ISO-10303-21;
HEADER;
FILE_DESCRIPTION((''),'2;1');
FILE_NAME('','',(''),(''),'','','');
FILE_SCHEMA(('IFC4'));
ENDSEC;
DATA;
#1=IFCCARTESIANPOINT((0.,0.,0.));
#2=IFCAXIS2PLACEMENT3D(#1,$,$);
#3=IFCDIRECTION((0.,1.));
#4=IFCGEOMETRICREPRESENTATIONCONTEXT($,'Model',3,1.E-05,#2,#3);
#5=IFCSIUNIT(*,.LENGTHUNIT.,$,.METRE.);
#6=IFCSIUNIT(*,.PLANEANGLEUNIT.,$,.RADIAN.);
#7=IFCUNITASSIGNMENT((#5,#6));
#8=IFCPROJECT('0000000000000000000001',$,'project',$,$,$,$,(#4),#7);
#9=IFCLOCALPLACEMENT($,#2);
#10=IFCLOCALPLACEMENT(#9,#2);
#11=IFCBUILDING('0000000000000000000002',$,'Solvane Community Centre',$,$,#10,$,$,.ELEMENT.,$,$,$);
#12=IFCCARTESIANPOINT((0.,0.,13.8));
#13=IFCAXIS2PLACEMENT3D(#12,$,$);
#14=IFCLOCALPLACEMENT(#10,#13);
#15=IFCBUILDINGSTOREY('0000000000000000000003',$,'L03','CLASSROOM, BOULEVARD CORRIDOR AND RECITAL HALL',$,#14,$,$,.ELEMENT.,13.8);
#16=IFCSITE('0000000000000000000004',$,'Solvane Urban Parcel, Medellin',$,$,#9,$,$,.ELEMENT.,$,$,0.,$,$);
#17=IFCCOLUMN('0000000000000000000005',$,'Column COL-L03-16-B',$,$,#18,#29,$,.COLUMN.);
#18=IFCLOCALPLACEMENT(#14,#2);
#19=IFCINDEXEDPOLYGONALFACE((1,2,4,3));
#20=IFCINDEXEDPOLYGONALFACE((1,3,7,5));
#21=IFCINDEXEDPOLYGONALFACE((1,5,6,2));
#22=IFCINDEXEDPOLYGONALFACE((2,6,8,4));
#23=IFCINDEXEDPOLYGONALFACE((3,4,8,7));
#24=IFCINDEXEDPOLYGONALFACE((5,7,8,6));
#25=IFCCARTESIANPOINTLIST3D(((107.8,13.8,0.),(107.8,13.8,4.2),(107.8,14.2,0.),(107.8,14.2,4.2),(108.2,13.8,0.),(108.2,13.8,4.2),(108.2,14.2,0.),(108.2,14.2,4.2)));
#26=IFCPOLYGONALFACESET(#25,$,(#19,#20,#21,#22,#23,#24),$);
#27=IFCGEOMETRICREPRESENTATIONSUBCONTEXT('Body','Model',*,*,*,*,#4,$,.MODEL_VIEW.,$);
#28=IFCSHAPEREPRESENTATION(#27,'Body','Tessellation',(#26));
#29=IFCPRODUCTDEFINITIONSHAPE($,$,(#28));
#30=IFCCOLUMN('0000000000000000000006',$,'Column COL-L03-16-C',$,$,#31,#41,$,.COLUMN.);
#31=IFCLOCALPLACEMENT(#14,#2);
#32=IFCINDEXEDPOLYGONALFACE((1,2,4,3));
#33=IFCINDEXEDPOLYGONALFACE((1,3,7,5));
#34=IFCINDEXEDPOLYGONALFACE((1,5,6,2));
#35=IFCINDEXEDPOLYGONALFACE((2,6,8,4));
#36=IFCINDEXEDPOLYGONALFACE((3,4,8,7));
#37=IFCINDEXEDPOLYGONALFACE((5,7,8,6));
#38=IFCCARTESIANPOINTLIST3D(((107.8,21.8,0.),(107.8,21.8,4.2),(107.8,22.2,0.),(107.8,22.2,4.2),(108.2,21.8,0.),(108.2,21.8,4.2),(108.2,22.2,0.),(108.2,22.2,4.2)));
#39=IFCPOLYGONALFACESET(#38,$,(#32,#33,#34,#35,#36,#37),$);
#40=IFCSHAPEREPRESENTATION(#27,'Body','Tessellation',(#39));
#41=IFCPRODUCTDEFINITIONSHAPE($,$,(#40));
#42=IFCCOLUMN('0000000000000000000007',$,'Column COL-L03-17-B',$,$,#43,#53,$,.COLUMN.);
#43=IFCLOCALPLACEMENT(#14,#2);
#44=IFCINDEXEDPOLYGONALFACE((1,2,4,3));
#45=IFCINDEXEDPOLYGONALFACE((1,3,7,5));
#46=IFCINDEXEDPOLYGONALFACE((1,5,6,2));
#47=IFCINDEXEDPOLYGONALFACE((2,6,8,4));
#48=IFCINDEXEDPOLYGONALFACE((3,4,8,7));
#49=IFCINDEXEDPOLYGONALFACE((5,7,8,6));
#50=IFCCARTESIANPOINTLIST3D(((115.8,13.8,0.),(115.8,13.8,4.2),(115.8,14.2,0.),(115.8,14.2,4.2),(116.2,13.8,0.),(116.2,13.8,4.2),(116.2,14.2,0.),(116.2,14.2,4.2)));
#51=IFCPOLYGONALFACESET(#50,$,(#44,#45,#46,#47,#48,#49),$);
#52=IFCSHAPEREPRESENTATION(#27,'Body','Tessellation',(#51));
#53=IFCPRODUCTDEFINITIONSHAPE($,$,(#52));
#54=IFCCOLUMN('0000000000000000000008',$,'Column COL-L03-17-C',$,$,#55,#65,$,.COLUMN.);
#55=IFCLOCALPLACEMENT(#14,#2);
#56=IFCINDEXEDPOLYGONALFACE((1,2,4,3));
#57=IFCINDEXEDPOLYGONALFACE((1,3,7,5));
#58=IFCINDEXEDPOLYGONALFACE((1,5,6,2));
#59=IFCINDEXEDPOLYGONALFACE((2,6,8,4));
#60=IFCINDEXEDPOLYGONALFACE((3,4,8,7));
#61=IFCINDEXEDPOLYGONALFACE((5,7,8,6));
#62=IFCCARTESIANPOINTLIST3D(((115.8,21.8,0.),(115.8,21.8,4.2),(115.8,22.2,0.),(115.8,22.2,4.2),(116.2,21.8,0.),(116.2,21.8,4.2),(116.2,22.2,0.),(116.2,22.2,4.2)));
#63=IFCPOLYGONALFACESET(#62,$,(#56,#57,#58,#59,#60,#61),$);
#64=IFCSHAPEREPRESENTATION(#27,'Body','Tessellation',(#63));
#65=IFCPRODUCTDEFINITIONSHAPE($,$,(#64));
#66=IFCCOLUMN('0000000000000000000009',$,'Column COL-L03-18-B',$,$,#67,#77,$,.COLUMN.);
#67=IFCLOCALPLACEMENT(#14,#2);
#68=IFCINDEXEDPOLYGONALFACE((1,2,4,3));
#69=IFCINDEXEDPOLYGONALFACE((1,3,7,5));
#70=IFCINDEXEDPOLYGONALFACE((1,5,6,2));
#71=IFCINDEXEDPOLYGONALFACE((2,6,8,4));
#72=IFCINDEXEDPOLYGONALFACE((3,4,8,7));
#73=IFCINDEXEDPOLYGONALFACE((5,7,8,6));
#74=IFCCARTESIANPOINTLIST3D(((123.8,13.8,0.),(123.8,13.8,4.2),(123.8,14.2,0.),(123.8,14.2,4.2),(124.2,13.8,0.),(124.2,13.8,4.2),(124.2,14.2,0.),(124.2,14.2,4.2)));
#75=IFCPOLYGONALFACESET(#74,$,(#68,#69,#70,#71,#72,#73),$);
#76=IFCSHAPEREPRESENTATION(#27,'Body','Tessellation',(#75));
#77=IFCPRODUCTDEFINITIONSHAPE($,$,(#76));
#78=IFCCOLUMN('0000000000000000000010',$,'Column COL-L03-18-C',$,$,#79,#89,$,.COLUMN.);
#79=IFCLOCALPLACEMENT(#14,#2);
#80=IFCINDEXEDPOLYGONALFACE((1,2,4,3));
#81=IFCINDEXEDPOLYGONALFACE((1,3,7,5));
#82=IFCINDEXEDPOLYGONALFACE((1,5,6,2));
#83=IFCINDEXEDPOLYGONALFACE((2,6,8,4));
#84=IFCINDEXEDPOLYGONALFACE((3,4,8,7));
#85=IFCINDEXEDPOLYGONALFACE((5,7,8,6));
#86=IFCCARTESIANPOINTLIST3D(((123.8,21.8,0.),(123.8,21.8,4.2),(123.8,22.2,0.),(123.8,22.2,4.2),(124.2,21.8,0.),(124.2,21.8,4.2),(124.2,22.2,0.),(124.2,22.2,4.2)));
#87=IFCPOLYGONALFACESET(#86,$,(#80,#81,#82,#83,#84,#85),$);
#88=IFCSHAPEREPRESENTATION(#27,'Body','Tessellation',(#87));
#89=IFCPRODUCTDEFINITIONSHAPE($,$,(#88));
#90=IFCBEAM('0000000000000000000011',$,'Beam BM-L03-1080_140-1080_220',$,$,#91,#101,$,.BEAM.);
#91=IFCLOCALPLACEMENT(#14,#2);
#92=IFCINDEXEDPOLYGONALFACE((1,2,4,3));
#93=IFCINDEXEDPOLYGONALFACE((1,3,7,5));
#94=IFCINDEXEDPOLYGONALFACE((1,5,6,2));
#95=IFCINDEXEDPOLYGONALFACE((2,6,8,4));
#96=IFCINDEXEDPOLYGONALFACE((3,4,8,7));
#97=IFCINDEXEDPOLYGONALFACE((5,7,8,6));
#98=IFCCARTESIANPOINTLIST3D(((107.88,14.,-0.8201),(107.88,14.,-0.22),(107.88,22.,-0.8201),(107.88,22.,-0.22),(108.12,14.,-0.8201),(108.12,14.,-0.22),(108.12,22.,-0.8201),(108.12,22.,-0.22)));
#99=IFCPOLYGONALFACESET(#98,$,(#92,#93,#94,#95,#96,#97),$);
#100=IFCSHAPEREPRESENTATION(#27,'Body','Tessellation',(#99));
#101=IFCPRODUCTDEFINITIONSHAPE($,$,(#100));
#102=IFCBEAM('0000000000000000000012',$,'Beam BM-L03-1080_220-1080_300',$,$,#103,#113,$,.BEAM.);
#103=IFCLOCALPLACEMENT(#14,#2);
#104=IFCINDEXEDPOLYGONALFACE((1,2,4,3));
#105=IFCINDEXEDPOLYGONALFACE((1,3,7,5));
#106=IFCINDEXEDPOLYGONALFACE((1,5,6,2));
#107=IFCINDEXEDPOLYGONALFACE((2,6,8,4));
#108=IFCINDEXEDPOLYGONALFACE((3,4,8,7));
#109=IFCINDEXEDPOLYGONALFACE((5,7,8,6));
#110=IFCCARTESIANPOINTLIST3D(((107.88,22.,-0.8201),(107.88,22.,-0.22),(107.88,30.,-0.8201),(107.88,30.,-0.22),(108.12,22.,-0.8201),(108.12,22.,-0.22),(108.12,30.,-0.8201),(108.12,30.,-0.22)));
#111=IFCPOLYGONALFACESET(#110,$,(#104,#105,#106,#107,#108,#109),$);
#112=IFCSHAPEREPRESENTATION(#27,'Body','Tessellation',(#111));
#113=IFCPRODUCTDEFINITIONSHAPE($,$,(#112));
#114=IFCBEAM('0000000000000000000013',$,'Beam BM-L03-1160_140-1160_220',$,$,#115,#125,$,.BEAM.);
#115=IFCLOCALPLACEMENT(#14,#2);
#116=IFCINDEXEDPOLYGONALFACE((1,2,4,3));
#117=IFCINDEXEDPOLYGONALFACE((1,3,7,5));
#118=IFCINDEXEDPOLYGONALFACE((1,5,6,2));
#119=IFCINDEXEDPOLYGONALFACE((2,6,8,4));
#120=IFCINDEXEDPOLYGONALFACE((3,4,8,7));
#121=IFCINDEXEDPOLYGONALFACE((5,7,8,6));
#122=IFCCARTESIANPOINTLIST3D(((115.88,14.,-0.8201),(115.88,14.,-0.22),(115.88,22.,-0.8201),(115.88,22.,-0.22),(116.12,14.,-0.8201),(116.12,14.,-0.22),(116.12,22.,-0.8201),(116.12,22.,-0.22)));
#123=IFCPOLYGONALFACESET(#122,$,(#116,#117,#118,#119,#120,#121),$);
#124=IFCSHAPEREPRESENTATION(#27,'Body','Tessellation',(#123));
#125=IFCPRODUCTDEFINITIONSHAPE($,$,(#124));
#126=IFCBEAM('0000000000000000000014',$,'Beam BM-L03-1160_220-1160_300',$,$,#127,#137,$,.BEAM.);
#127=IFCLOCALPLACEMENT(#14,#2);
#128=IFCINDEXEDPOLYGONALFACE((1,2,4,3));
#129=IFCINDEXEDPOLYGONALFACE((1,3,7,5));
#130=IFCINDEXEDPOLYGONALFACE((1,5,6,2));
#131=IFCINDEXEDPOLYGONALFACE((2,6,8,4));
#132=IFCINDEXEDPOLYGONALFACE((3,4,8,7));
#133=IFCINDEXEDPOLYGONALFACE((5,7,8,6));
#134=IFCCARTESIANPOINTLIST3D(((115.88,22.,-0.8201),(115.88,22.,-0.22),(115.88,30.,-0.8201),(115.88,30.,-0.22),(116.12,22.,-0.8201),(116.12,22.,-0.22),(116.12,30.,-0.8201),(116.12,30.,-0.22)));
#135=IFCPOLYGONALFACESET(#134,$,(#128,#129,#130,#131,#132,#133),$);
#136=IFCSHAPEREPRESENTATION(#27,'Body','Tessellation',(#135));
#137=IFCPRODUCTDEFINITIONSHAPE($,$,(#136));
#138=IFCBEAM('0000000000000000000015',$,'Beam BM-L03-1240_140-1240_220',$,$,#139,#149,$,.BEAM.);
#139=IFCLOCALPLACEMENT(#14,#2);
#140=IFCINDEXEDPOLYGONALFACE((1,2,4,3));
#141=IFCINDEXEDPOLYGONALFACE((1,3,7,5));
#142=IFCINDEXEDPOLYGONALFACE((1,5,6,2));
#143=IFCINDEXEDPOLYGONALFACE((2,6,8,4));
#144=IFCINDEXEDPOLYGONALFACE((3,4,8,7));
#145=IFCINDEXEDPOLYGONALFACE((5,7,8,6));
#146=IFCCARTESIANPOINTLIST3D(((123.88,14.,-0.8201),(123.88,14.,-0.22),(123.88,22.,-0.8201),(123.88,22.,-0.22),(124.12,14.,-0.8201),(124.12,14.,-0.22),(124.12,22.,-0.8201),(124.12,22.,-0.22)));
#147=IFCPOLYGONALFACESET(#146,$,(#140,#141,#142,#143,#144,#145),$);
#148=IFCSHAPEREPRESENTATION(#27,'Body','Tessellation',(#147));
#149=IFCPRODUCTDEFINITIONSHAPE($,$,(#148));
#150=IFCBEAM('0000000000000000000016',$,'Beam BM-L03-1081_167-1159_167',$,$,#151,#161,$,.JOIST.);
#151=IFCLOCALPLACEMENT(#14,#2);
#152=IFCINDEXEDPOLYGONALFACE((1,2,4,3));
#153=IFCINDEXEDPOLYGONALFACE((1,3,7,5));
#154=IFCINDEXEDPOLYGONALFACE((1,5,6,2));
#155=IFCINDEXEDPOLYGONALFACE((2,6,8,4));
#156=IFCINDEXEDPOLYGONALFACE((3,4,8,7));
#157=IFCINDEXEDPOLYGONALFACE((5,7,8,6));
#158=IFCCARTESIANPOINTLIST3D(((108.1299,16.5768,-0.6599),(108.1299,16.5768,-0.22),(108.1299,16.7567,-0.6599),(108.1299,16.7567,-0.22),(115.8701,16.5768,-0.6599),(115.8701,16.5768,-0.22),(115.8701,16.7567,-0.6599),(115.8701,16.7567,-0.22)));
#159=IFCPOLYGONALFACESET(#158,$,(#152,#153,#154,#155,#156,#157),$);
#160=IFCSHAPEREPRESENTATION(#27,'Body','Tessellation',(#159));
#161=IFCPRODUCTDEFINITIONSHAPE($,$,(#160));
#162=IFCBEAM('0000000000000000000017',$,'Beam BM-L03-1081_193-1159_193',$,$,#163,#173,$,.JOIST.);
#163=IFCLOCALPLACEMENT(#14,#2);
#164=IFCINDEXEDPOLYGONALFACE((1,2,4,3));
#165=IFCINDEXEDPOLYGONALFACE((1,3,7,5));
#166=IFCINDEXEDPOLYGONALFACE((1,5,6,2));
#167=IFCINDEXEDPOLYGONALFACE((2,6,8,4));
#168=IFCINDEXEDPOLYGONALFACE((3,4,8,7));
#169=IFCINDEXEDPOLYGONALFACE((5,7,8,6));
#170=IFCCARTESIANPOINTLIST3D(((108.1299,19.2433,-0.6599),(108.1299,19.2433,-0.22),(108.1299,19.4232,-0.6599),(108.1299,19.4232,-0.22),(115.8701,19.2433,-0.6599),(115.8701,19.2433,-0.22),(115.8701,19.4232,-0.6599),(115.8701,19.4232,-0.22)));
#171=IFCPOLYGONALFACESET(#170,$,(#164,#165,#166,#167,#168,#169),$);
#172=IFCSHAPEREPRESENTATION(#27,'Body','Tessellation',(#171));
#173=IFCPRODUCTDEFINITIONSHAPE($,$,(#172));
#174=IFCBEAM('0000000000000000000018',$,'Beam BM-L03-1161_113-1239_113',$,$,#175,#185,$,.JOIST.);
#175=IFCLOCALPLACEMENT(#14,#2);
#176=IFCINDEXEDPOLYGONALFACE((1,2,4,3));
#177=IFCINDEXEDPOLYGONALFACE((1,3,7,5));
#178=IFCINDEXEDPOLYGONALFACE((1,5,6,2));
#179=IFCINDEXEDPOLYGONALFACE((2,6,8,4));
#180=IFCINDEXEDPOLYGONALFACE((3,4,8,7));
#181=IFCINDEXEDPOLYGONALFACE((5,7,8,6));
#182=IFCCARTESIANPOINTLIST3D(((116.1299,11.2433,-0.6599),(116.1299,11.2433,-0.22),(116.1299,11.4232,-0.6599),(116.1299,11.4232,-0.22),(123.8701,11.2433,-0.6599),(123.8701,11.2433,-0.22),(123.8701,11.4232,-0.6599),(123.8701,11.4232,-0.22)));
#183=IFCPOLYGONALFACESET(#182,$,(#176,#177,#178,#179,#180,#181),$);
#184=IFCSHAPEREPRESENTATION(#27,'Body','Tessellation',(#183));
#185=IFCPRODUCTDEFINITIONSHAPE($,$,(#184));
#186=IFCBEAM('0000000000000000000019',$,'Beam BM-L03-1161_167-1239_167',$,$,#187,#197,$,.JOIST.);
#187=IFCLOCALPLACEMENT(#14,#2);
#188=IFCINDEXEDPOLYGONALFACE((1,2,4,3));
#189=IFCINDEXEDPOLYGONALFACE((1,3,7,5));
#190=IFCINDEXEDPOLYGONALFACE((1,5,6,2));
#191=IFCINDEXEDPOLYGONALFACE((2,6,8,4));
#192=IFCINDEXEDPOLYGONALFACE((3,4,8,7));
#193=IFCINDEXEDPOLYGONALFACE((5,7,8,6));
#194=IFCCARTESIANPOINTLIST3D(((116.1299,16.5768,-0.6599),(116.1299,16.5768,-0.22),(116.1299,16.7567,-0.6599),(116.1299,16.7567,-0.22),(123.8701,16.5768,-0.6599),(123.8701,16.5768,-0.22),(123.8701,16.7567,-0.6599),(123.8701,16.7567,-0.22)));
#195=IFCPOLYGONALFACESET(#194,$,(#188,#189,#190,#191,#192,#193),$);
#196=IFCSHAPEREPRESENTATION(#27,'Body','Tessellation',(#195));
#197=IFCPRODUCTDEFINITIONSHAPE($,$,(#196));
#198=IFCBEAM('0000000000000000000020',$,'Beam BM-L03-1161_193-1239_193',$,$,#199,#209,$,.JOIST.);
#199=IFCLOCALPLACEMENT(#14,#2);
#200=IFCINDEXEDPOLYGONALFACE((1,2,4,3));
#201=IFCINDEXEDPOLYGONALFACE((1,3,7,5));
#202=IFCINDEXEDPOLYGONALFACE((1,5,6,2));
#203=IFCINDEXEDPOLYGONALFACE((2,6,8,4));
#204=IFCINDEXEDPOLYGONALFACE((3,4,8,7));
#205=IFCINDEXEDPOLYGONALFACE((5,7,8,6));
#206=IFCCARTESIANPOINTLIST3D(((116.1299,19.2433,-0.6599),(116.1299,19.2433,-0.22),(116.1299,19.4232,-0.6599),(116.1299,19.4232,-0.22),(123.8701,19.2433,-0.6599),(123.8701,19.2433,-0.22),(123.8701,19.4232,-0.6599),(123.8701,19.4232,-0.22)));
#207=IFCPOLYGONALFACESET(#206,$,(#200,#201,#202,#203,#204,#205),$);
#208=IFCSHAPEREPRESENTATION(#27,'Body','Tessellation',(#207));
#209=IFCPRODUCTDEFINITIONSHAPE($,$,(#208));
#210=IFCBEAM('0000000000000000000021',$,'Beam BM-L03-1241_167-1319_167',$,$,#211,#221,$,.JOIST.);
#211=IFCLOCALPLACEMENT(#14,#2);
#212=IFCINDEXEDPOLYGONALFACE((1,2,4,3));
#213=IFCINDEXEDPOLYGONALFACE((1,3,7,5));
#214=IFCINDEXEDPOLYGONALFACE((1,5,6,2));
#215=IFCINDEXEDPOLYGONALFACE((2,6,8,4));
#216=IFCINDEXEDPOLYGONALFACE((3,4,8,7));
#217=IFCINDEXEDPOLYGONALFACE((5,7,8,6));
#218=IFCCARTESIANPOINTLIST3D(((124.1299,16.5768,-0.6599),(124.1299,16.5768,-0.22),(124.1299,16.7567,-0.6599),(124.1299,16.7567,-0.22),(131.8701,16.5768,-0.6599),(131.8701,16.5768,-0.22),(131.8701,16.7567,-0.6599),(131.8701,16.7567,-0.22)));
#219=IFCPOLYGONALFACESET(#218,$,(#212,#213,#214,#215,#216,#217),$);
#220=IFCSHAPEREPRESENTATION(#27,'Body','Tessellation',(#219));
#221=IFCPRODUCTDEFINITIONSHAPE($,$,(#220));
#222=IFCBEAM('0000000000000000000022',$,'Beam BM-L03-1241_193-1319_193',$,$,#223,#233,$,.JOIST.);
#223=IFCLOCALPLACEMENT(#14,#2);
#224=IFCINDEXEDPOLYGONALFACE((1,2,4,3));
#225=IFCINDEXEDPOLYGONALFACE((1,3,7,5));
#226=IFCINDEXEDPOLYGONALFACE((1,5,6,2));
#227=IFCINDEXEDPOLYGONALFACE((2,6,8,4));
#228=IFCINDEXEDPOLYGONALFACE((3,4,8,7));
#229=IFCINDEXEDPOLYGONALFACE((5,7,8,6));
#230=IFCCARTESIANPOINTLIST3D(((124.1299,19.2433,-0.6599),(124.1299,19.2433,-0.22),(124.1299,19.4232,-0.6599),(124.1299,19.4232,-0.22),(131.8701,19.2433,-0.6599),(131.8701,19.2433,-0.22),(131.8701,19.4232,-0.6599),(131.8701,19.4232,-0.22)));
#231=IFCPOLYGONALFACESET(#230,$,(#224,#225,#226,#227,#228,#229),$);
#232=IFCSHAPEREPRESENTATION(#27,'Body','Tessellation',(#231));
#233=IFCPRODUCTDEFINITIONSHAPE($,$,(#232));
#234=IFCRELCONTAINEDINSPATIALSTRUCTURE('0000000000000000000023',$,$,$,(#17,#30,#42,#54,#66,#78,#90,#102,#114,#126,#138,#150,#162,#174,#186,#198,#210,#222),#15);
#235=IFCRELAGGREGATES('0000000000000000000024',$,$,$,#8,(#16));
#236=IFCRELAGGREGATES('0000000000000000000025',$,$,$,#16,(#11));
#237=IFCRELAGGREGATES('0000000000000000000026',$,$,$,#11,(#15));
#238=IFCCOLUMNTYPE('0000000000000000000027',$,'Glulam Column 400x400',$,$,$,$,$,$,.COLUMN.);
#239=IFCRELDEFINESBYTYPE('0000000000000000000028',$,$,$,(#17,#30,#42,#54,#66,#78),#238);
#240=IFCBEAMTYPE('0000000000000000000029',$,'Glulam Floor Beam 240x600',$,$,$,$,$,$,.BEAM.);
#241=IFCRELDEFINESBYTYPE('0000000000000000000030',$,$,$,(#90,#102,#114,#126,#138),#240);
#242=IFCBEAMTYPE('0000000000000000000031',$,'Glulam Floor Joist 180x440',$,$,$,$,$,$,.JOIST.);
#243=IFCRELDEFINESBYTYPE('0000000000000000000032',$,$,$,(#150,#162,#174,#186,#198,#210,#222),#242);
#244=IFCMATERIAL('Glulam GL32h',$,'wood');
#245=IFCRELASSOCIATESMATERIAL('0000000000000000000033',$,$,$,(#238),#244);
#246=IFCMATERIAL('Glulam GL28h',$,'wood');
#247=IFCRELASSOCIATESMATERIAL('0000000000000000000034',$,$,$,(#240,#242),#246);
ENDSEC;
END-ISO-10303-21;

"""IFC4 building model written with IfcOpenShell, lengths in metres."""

from ifc_helpers import new_model, si_unit, direction, frame, origin, origin_2d, place, context, subcontext, project, spatial, rectangle, extrude, material, material_profile, profile_set, type_object, element, save


model = new_model("IFC4")

# Units and contexts
model_context = context("Model", 3, precision=1e-05, world=origin(), true_north=direction((0.0, 1.0)))
body_context = subcontext(model_context, "Body", "Model", "MODEL_VIEW")
ifc_project = project(units=[si_unit("LENGTHUNIT", "METRE"), si_unit("PLANEANGLEUNIT", "RADIAN")], contexts=[model_context])

# Site, building, storey
site_placement = place(None, origin())
site = spatial("IfcSite", under=ifc_project, at=site_placement, Name="Solvane Urban Parcel, Medellin", CompositionType="ELEMENT", RefElevation=0.0)
building_placement = place(site_placement, origin())
building = spatial("IfcBuilding", under=site, at=building_placement, Name="Solvane Community Centre", CompositionType="ELEMENT")
storey_placement = place(building_placement, frame((0.0, 0.0, 13.8)))
storey = spatial("IfcBuildingStorey", under=building, at=storey_placement, Name="L03", Description="CLASSROOM, BOULEVARD CORRIDOR AND RECITAL HALL", CompositionType="ELEMENT", Elevation=13.8)

# Columns
ifc_material_1 = material(Name="Glulam GL32h", Category="wood")
ifc_material_profile_1 = material_profile(ifc_material_1, rectangle(XDim=0.3999, YDim=0.3999, at=origin_2d()), Name="GL32h 400x400")
ifc_profile_set_1 = profile_set([ifc_material_profile_1], Name="Glulam GL32h")
column_type = type_object("IfcColumnType", Name="Glulam Column 400x400", PredefinedType="COLUMN", material=ifc_profile_set_1)
for number, where, z_axis, x_axis, name in (
    (1, (108.0, 14.0, 0.0), (0.0, 0.0, 1.0), (1.0, 0.0, 0.0), "Column COL-L03-16-B"),
    (2, (108.0, 22.0, 0.0), (0.0, 0.0, 1.0), (1.0, 0.0, 0.0), "Column COL-L03-16-C"),
    (3, (116.0, 14.0, 0.0), (0.0, 0.0, 1.0), (1.0, 0.0, 0.0), "Column COL-L03-17-B"),
    (4, (116.0, 22.0, 0.0), (0.0, 0.0, 1.0), (1.0, 0.0, 0.0), "Column COL-L03-17-C"),
    (5, (124.0, 14.0, 0.0), (0.0, 0.0, 1.0), (1.0, 0.0, 0.0), "Column COL-L03-18-B"),
    (6, (124.0, 22.0, 0.0), (0.0, 0.0, 1.0), (1.0, 0.0, 0.0), "Column COL-L03-18-C"),
):
    element("IfcColumn", number, at=place(storey_placement, frame(where, z_axis=z_axis, x_axis=x_axis)), inside=storey, type_object=column_type, Name=name, PredefinedType="COLUMN", context=body_context, shape_type="SweptSolid", body=[
        extrude(rectangle(XDim=0.3999, YDim=0.3999, at=origin_2d()), origin(), (0.0, 0.0, 1.0), 4.2),
    ])

# Beams
ifc_material_2 = material(Name="Glulam GL28h", Category="wood")
ifc_material_profile_2 = material_profile(ifc_material_2, rectangle(XDim=0.24, YDim=0.6001, at=origin_2d()), Name="GL28h 240x600")
ifc_profile_set_2 = profile_set([ifc_material_profile_2], Name="Glulam GL28h")
beam_type_1 = type_object("IfcBeamType", Name="Glulam Floor Beam 240x600", PredefinedType="BEAM", material=ifc_profile_set_2)
for number, where, z_axis, x_axis, name in (
    (7, (108.0, 14.0, -0.52), (0.0, 1.0, 0.0), (-1.0, 0.0, 0.0), "Beam BM-L03-1080_140-1080_220"),
    (8, (108.0, 22.0, -0.52), (0.0, 1.0, 0.0), (-1.0, 0.0, 0.0), "Beam BM-L03-1080_220-1080_300"),
    (9, (116.0, 14.0, -0.52), (0.0, 1.0, 0.0), (-1.0, 0.0, 0.0), "Beam BM-L03-1160_140-1160_220"),
    (10, (116.0, 22.0, -0.52), (0.0, 1.0, 0.0), (-1.0, 0.0, 0.0), "Beam BM-L03-1160_220-1160_300"),
    (11, (124.0, 14.0, -0.52), (0.0, 1.0, 0.0), (-1.0, 0.0, 0.0), "Beam BM-L03-1240_140-1240_220"),
):
    element("IfcBeam", number, at=place(storey_placement, frame(where, z_axis=z_axis, x_axis=x_axis)), inside=storey, type_object=beam_type_1, Name=name, PredefinedType="BEAM", context=body_context, shape_type="SweptSolid", body=[
        extrude(rectangle(XDim=0.24, YDim=0.6001, at=origin_2d()), origin(), (0.0, 0.0, 1.0), 8.0),
    ])
ifc_material_profile_3 = material_profile(ifc_material_2, rectangle(XDim=0.1799, YDim=0.4399, at=origin_2d()), Name="GL28h 180x440")
ifc_profile_set_3 = profile_set([ifc_material_profile_3], Name="Glulam GL28h")
beam_type_2 = type_object("IfcBeamType", Name="Glulam Floor Joist 180x440", PredefinedType="JOIST", material=ifc_profile_set_3)
for number, where, z_axis, x_axis, name in (
    (12, (108.1299, 16.6667, -0.4399), (1.0, 0.0, 0.0), (0.0, 1.0, 0.0), "Beam BM-L03-1081_167-1159_167"),
    (13, (108.1299, 19.3333, -0.4399), (1.0, 0.0, 0.0), (0.0, 1.0, 0.0), "Beam BM-L03-1081_193-1159_193"),
    (14, (116.1299, 11.3333, -0.4399), (1.0, 0.0, 0.0), (0.0, 1.0, 0.0), "Beam BM-L03-1161_113-1239_113"),
    (15, (116.1299, 16.6667, -0.4399), (1.0, 0.0, 0.0), (0.0, 1.0, 0.0), "Beam BM-L03-1161_167-1239_167"),
    (16, (116.1299, 19.3333, -0.4399), (1.0, 0.0, 0.0), (0.0, 1.0, 0.0), "Beam BM-L03-1161_193-1239_193"),
    (17, (124.1299, 16.6667, -0.4399), (1.0, 0.0, 0.0), (0.0, 1.0, 0.0), "Beam BM-L03-1241_167-1319_167"),
    (18, (124.1299, 19.3333, -0.4399), (1.0, 0.0, 0.0), (0.0, 1.0, 0.0), "Beam BM-L03-1241_193-1319_193"),
):
    element("IfcBeam", number, at=place(storey_placement, frame(where, z_axis=z_axis, x_axis=x_axis)), inside=storey, type_object=beam_type_2, Name=name, PredefinedType="JOIST", context=body_context, shape_type="SweptSolid", body=[
        extrude(rectangle(XDim=0.1799, YDim=0.4399, at=origin_2d()), origin(), (0.0, 0.0, 1.0), 7.7402),
    ])

save(model, "model.ifc")
